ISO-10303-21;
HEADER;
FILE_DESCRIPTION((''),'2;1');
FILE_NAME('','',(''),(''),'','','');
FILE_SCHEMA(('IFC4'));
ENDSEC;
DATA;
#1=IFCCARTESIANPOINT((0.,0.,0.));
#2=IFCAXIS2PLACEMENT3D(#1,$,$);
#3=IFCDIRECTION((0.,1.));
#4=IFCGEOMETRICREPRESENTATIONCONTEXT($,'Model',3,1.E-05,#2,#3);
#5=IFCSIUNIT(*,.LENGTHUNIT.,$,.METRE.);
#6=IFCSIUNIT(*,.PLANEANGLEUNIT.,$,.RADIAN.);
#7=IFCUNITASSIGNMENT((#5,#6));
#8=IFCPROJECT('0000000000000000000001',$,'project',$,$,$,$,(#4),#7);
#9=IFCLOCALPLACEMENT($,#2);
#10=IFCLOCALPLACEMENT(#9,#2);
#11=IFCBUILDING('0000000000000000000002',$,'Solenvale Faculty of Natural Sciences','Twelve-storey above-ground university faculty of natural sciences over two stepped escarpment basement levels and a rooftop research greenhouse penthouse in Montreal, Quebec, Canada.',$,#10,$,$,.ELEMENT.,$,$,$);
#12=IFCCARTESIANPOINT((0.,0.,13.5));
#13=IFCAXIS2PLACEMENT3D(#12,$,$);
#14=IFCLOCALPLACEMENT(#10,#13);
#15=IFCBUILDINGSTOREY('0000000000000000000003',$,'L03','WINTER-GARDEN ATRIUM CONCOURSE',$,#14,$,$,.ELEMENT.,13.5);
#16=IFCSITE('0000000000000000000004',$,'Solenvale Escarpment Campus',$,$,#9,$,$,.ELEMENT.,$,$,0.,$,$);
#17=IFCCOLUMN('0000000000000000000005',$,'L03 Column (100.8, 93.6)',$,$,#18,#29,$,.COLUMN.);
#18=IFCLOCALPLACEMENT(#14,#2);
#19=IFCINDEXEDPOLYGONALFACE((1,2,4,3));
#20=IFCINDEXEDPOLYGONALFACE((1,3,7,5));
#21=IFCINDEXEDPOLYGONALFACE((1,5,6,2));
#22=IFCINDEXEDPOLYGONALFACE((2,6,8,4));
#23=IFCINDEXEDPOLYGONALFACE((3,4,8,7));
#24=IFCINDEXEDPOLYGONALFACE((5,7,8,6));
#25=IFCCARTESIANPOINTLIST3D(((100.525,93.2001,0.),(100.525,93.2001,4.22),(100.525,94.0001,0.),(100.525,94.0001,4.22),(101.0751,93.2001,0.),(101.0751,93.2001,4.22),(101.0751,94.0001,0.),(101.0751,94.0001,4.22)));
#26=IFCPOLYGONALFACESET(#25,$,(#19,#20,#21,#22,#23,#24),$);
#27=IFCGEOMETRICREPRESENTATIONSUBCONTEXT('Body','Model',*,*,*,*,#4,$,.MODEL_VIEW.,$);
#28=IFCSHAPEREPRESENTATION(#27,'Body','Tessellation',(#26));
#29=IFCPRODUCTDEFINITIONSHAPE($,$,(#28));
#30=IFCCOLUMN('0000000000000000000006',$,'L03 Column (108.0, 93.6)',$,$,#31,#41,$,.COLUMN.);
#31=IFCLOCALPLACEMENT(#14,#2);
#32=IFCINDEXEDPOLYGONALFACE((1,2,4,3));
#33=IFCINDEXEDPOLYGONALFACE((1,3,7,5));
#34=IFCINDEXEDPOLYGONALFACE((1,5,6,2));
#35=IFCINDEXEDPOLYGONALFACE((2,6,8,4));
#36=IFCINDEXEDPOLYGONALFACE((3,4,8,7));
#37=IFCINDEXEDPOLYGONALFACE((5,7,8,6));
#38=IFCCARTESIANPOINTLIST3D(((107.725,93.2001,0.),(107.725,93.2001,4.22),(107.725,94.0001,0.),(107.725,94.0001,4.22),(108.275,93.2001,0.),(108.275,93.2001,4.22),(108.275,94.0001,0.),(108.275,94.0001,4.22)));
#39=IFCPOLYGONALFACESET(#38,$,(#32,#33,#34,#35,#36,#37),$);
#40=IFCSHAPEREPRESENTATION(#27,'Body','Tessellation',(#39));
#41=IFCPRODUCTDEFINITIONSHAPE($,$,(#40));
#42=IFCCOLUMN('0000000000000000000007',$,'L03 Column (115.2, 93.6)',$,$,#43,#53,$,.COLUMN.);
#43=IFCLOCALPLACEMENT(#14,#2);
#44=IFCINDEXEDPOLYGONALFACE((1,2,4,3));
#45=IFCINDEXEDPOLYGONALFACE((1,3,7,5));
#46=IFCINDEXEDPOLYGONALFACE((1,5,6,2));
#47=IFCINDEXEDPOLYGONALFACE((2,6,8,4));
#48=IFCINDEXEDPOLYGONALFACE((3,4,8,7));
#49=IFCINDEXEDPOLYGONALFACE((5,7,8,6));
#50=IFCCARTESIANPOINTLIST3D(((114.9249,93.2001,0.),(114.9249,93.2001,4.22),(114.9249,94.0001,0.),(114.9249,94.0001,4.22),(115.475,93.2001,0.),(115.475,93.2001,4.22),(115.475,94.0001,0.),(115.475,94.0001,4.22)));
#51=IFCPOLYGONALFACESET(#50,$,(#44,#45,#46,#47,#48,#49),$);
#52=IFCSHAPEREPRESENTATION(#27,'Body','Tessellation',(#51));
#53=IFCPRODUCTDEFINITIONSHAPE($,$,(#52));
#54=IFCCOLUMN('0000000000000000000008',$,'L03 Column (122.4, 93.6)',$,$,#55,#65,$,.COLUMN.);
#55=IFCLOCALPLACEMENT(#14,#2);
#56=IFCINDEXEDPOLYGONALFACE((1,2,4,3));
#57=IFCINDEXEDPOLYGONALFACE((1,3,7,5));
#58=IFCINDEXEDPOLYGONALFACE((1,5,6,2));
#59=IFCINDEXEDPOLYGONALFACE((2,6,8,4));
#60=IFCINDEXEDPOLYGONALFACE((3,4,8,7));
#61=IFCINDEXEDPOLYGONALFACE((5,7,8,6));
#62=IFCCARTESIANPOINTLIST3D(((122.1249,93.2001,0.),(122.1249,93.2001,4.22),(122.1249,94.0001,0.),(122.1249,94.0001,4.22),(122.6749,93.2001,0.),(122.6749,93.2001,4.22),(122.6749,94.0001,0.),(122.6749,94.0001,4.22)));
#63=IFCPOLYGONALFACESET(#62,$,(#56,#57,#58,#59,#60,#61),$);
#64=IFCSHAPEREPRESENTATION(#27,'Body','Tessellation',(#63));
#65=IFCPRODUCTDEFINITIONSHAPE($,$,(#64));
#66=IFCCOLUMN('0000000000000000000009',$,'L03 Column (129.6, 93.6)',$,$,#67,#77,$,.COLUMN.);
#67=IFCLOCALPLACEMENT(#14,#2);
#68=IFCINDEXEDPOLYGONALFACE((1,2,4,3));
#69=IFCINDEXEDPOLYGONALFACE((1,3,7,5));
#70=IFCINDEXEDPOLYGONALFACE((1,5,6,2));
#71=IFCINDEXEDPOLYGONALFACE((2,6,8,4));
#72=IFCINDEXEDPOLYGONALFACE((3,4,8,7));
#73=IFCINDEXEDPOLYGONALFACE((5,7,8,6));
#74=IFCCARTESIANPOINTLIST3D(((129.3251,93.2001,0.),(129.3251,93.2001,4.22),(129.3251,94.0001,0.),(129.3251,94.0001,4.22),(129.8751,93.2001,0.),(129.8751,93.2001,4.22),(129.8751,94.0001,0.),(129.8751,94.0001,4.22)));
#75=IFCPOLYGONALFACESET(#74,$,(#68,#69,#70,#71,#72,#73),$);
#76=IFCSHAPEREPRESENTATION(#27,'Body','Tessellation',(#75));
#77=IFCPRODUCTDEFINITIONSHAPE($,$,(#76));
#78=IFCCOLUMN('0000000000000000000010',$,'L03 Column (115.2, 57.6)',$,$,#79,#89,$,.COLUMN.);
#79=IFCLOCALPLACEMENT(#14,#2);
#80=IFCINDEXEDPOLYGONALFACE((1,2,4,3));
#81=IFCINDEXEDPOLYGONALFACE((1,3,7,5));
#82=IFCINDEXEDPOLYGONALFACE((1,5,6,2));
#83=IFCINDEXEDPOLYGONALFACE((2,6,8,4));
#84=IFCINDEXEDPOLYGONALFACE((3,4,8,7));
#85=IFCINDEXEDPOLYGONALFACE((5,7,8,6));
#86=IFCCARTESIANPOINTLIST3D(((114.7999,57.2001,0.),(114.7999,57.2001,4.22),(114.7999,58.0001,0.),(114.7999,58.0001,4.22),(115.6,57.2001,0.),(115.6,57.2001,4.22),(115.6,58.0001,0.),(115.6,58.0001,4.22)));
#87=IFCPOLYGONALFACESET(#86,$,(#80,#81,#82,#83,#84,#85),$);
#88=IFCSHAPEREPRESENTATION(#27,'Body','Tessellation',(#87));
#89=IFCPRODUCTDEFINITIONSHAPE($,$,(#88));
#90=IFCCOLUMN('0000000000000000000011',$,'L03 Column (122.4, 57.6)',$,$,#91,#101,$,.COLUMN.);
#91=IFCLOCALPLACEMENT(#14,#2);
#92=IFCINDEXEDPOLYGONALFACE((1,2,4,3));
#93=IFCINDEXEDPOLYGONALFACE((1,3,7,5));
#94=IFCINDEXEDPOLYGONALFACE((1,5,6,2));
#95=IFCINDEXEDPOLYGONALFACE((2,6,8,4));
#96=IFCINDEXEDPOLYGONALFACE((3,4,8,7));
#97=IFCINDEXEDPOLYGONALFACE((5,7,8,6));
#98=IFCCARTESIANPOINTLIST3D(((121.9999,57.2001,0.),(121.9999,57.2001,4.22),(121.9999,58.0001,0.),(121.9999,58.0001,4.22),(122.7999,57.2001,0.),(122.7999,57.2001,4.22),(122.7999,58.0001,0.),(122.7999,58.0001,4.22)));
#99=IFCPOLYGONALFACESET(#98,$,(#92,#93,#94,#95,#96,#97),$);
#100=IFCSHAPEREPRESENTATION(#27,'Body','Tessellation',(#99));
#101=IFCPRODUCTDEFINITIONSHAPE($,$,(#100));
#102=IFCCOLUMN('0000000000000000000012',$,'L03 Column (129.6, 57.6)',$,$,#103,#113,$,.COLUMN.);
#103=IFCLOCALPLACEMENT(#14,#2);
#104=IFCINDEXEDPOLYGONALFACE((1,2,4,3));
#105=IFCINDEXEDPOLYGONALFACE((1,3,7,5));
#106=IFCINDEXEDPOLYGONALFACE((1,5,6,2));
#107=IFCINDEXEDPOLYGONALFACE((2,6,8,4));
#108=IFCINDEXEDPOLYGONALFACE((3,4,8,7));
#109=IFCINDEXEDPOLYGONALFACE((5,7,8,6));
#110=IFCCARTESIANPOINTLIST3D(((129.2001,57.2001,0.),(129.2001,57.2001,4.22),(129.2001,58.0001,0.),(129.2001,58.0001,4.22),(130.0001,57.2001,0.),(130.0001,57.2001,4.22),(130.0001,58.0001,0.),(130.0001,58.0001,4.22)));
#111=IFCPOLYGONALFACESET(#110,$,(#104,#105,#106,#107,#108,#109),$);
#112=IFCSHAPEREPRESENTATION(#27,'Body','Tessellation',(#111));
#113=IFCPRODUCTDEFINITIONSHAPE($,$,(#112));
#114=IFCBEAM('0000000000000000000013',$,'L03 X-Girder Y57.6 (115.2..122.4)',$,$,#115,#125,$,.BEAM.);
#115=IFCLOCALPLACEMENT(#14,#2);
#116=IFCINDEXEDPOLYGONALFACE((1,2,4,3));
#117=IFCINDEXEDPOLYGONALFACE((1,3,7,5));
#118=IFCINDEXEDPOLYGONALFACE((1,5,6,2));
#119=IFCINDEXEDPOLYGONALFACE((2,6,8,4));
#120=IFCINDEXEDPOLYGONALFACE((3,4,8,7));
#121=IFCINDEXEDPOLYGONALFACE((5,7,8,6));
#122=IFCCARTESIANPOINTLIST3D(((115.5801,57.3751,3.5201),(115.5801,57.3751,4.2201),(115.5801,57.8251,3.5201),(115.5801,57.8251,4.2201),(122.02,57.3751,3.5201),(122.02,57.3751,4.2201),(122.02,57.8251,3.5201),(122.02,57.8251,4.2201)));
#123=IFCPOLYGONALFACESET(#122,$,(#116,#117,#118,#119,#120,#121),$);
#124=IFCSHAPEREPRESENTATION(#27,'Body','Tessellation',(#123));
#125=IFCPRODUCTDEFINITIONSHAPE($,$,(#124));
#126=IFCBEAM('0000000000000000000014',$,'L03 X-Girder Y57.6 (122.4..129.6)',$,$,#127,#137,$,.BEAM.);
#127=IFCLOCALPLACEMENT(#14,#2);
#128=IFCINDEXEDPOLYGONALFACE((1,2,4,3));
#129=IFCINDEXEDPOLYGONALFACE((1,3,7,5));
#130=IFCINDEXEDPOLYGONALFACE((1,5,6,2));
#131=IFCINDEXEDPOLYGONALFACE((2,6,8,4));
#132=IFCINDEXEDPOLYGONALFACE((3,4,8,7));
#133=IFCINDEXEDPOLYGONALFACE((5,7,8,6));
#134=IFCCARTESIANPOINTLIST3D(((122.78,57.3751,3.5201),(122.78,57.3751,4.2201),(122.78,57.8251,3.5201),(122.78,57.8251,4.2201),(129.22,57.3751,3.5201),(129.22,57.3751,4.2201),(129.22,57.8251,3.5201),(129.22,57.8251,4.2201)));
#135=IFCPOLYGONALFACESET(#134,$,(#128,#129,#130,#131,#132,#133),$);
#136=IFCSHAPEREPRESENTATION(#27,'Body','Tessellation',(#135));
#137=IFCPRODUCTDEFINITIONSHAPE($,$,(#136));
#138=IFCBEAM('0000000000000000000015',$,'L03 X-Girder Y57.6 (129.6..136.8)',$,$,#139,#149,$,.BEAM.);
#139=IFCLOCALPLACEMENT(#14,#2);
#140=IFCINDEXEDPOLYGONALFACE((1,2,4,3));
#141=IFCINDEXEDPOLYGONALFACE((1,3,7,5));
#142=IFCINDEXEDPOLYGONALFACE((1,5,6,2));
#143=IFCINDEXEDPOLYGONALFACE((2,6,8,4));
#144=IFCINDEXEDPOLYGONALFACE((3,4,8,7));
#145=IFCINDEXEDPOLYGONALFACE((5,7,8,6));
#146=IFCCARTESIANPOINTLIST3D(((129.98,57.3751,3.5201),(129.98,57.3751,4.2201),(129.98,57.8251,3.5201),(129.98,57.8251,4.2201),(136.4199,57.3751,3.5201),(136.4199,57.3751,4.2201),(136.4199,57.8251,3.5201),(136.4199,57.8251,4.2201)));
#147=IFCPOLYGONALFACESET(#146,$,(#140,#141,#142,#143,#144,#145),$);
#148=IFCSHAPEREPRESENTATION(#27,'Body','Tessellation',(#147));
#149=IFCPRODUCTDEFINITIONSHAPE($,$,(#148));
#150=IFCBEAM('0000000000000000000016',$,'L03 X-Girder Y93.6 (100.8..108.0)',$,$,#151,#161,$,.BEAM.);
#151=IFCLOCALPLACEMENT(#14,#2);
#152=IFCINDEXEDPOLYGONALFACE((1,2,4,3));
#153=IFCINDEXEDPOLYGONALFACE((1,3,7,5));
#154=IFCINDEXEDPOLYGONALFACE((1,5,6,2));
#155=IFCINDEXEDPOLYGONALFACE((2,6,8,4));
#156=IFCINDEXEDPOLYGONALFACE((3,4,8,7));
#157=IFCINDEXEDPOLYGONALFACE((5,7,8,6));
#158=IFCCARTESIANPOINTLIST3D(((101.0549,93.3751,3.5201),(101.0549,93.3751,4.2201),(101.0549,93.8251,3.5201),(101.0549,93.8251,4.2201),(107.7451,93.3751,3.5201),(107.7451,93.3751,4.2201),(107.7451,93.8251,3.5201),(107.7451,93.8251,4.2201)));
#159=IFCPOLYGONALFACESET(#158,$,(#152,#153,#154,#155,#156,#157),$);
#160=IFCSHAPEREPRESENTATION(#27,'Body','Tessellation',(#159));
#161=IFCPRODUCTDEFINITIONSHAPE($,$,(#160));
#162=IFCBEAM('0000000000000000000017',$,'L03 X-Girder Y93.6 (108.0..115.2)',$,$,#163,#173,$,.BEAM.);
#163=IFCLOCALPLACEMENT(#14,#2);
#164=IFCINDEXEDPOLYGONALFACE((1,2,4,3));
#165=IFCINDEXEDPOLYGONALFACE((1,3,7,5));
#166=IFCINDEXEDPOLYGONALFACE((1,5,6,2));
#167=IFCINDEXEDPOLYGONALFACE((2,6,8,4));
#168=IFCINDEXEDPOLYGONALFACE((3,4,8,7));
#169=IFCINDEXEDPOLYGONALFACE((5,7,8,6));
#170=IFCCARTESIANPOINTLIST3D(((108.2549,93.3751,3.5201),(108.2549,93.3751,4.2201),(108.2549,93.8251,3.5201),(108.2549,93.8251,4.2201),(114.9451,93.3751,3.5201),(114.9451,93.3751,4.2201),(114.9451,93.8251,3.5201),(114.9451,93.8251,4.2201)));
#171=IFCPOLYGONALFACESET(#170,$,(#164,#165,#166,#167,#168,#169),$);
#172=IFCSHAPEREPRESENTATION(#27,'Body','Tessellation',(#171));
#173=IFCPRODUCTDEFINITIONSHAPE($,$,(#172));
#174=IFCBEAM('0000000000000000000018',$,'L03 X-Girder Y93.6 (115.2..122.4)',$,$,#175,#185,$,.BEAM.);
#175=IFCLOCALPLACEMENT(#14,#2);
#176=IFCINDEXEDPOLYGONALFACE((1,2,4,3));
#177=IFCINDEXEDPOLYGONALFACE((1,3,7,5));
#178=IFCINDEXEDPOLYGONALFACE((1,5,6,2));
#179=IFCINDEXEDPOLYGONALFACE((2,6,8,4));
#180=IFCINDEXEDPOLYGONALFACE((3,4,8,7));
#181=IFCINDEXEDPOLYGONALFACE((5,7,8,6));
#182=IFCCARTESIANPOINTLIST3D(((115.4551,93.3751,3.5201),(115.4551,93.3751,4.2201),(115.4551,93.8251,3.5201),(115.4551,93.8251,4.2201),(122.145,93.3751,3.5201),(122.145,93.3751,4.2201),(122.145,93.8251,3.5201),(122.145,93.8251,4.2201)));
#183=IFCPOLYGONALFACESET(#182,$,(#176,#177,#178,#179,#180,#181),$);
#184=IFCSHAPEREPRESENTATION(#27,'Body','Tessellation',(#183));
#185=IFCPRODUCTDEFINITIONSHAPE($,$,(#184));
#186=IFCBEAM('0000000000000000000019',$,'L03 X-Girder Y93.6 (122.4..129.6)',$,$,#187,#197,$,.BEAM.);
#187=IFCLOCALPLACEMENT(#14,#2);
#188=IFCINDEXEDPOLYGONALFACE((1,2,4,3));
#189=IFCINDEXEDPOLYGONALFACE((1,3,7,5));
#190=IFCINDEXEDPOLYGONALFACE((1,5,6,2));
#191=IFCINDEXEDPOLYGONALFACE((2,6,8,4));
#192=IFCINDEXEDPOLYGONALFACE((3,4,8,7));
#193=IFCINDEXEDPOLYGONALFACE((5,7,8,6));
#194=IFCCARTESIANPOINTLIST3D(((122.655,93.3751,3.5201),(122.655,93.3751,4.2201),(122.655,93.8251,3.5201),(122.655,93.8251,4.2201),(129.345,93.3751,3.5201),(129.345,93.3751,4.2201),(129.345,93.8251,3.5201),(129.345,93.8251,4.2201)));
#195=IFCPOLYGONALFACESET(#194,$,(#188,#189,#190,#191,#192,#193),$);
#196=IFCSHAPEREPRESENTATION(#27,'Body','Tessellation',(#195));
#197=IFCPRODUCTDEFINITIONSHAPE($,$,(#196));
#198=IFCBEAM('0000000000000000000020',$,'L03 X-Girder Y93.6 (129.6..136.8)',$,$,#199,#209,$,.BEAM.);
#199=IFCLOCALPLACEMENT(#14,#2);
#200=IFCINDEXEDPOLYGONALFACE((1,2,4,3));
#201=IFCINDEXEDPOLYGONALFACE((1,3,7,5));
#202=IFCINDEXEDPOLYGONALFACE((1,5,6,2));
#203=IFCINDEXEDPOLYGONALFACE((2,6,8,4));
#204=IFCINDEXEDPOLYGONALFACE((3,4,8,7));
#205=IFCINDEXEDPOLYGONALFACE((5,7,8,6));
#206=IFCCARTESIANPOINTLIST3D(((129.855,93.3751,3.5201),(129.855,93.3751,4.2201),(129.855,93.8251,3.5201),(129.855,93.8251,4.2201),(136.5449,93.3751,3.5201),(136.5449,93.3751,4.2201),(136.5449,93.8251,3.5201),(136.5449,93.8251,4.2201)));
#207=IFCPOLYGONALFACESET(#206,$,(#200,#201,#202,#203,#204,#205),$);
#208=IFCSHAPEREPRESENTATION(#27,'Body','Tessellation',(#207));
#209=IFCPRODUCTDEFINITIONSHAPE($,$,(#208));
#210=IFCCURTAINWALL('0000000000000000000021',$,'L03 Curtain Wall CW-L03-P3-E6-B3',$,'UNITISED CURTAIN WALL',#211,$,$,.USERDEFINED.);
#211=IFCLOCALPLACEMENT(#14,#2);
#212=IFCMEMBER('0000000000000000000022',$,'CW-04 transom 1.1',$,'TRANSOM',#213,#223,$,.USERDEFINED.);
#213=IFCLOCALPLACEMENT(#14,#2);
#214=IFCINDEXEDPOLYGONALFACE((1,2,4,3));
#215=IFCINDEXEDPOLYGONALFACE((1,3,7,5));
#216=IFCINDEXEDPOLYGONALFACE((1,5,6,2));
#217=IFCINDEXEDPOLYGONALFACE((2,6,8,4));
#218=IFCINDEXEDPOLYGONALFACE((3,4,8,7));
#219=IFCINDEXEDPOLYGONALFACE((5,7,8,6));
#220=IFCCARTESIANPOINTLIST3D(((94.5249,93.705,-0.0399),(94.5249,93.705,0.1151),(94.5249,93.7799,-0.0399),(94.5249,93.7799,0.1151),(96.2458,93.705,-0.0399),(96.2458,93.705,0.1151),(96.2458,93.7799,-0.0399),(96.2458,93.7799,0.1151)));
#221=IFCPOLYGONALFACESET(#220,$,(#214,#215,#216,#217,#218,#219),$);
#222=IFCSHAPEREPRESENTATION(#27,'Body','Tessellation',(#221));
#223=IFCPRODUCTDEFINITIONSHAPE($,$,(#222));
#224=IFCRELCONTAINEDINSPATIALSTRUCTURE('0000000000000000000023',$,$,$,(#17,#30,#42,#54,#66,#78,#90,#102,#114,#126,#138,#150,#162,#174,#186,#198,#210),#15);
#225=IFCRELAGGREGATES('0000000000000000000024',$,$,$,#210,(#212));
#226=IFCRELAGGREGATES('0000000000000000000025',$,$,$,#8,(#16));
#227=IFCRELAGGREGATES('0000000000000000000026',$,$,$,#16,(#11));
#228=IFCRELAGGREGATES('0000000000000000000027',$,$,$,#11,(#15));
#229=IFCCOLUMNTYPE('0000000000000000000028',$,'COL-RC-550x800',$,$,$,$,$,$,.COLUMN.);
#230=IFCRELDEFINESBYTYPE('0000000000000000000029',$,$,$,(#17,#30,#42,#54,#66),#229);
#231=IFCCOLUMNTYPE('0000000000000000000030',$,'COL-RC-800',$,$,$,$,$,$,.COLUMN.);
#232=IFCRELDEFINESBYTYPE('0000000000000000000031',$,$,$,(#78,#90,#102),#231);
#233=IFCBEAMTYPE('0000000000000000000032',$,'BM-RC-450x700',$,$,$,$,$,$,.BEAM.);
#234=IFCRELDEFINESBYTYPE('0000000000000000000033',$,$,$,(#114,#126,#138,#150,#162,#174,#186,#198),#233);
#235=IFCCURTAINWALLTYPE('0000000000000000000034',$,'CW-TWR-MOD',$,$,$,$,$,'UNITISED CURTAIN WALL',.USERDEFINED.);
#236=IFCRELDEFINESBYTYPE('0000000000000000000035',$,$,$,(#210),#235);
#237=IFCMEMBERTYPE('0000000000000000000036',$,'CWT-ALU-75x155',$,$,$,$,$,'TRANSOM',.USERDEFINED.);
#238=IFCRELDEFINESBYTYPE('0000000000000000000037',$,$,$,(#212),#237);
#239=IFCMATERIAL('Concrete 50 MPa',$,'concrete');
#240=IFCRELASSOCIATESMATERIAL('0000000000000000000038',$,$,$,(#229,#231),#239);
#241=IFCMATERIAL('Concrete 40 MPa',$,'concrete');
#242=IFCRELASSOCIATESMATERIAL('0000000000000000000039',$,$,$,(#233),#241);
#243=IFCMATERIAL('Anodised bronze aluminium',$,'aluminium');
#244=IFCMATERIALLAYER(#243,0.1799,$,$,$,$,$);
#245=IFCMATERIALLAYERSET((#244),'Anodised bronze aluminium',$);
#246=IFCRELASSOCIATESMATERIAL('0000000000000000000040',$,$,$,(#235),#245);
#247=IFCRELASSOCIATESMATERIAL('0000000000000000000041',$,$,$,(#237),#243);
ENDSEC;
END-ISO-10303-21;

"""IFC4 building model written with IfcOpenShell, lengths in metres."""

from ifc_helpers import new_model, si_unit, direction, frame, origin, origin_2d, place, context, subcontext, project, spatial, rectangle, extrude, material, layer, layer_set, material_profile, profile_set, type_object, element, aggregate, save


model = new_model("IFC4")

# Units and contexts
model_context = context("Model", 3, precision=1e-05, world=origin(), true_north=direction((0.0, 1.0)))
body_context = subcontext(model_context, "Body", "Model", "MODEL_VIEW")
ifc_project = project(units=[si_unit("LENGTHUNIT", "METRE"), si_unit("PLANEANGLEUNIT", "RADIAN")], contexts=[model_context])

# Site, building, storey
site_placement = place(None, origin())
site = spatial("IfcSite", under=ifc_project, at=site_placement, Name="Solenvale Escarpment Campus", CompositionType="ELEMENT", RefElevation=0.0)
building_placement = place(site_placement, origin())
building = spatial("IfcBuilding", under=site, at=building_placement, Name="Solenvale Faculty of Natural Sciences", Description="Twelve-storey above-ground university faculty of natural sciences over two stepped escarpment basement levels and a rooftop research greenhouse penthouse in Montreal, Quebec, Canada.", CompositionType="ELEMENT")
storey_placement = place(building_placement, frame((0.0, 0.0, 13.5)))
storey = spatial("IfcBuildingStorey", under=building, at=storey_placement, Name="L03", Description="WINTER-GARDEN ATRIUM CONCOURSE", CompositionType="ELEMENT", Elevation=13.5)

# Columns
ifc_material_1 = material(Name="Concrete 50 MPa", Category="concrete")
ifc_material_profile_1 = material_profile(ifc_material_1, rectangle(XDim=0.55, YDim=0.8, at=origin_2d()), Name="RC-COL-550x800")
ifc_profile_set_1 = profile_set([ifc_material_profile_1], Name="Concrete 50 MPa")
column_type_1 = type_object("IfcColumnType", Name="COL-RC-550x800", PredefinedType="COLUMN", material=ifc_profile_set_1)
for number, where, z_axis, x_axis, name in (
    (1, (100.8, 93.6001, 0.0), (0.0, 0.0, 1.0), (1.0, 0.0, 0.0), "L03 Column (100.8, 93.6)"),
    (2, (108.0, 93.6001, 0.0), (0.0, 0.0, 1.0), (1.0, 0.0, 0.0), "L03 Column (108.0, 93.6)"),
    (3, (115.2, 93.6001, 0.0), (0.0, 0.0, 1.0), (1.0, 0.0, 0.0), "L03 Column (115.2, 93.6)"),
    (4, (122.3999, 93.6001, 0.0), (0.0, 0.0, 1.0), (1.0, 0.0, 0.0), "L03 Column (122.4, 93.6)"),
    (5, (129.6001, 93.6001, 0.0), (0.0, 0.0, 1.0), (1.0, 0.0, 0.0), "L03 Column (129.6, 93.6)"),
):
    element("IfcColumn", number, at=place(storey_placement, frame(where, z_axis=z_axis, x_axis=x_axis)), inside=storey, type_object=column_type_1, Name=name, PredefinedType="COLUMN", context=body_context, shape_type="SweptSolid", body=[
        extrude(rectangle(XDim=0.55, YDim=0.8, at=origin_2d()), origin(), (0.0, 0.0, 1.0), 4.22),
    ])
ifc_material_profile_2 = material_profile(ifc_material_1, rectangle(XDim=0.8, YDim=0.8, at=origin_2d()), Name="RC-COL-800x800")
ifc_profile_set_2 = profile_set([ifc_material_profile_2], Name="Concrete 50 MPa")
column_type_2 = type_object("IfcColumnType", Name="COL-RC-800", PredefinedType="COLUMN", material=ifc_profile_set_2)
for number, where, z_axis, x_axis, name in (
    (6, (115.2, 57.6001, 0.0), (0.0, 0.0, 1.0), (1.0, 0.0, 0.0), "L03 Column (115.2, 57.6)"),
    (7, (122.3999, 57.6001, 0.0), (0.0, 0.0, 1.0), (1.0, 0.0, 0.0), "L03 Column (122.4, 57.6)"),
    (8, (129.6001, 57.6001, 0.0), (0.0, 0.0, 1.0), (1.0, 0.0, 0.0), "L03 Column (129.6, 57.6)"),
):
    element("IfcColumn", number, at=place(storey_placement, frame(where, z_axis=z_axis, x_axis=x_axis)), inside=storey, type_object=column_type_2, Name=name, PredefinedType="COLUMN", context=body_context, shape_type="SweptSolid", body=[
        extrude(rectangle(XDim=0.8, YDim=0.8, at=origin_2d()), origin(), (0.0, 0.0, 1.0), 4.22),
    ])

# Beams
ifc_material_2 = material(Name="Concrete 40 MPa", Category="concrete")
ifc_material_profile_3 = material_profile(ifc_material_2, rectangle(XDim=0.45, YDim=0.7, at=origin_2d()), Name="RC-BM-450x700")
ifc_profile_set_3 = profile_set([ifc_material_profile_3], Name="Concrete 40 MPa")
beam_type = type_object("IfcBeamType", Name="BM-RC-450x700", PredefinedType="BEAM", material=ifc_profile_set_3)
for number, where, z_axis, x_axis, name in (
    (9, (115.5801, 57.6001, 3.8701), (1.0, 0.0, 0.0), (0.0, 1.0, 0.0), "L03 X-Girder Y57.6 (115.2..122.4)"),
    (10, (122.78, 57.6001, 3.8701), (1.0, 0.0, 0.0), (0.0, 1.0, 0.0), "L03 X-Girder Y57.6 (122.4..129.6)"),
    (11, (129.98, 57.6001, 3.8701), (1.0, 0.0, 0.0), (0.0, 1.0, 0.0), "L03 X-Girder Y57.6 (129.6..136.8)"),
):
    element("IfcBeam", number, at=place(storey_placement, frame(where, z_axis=z_axis, x_axis=x_axis)), inside=storey, type_object=beam_type, Name=name, PredefinedType="BEAM", context=body_context, shape_type="SweptSolid", body=[
        extrude(rectangle(XDim=0.45, YDim=0.7, at=origin_2d()), origin(), (0.0, 0.0, 1.0), 6.4399),
    ])
for number, where, z_axis, x_axis, name in (
    (12, (101.0549, 93.6001, 3.8701), (1.0, 0.0, 0.0), (0.0, 1.0, 0.0), "L03 X-Girder Y93.6 (100.8..108.0)"),
    (13, (108.2549, 93.6001, 3.8701), (1.0, 0.0, 0.0), (0.0, 1.0, 0.0), "L03 X-Girder Y93.6 (108.0..115.2)"),
):
    element("IfcBeam", number, at=place(storey_placement, frame(where, z_axis=z_axis, x_axis=x_axis)), inside=storey, type_object=beam_type, Name=name, PredefinedType="BEAM", context=body_context, shape_type="SweptSolid", body=[
        extrude(rectangle(XDim=0.45, YDim=0.7, at=origin_2d()), origin(), (0.0, 0.0, 1.0), 6.6902),
    ])
for number, where, z_axis, x_axis, name in (
    (14, (115.4551, 93.6001, 3.8701), (1.0, 0.0, 0.0), (0.0, 1.0, 0.0), "L03 X-Girder Y93.6 (115.2..122.4)"),
    (15, (122.655, 93.6001, 3.8701), (1.0, 0.0, 0.0), (0.0, 1.0, 0.0), "L03 X-Girder Y93.6 (122.4..129.6)"),
    (16, (129.855, 93.6001, 3.8701), (1.0, 0.0, 0.0), (0.0, 1.0, 0.0), "L03 X-Girder Y93.6 (129.6..136.8)"),
):
    element("IfcBeam", number, at=place(storey_placement, frame(where, z_axis=z_axis, x_axis=x_axis)), inside=storey, type_object=beam_type, Name=name, PredefinedType="BEAM", context=body_context, shape_type="SweptSolid", body=[
        extrude(rectangle(XDim=0.45, YDim=0.7, at=origin_2d()), origin(), (0.0, 0.0, 1.0), 6.6899),
    ])

# Curtain wall, member
ifc_material_3 = material(Name="Anodised bronze aluminium", Category="aluminium")
ifc_layer_1 = layer(ifc_material_3, 0.1799)
ifc_layer_set_1 = layer_set([ifc_layer_1], Name="Anodised bronze aluminium")
curtain_wall_type = type_object("IfcCurtainWallType", Name="CW-TWR-MOD", ElementType="UNITISED CURTAIN WALL", PredefinedType="USERDEFINED", material=ifc_layer_set_1)
curtain_wall_placement = place(storey_placement, origin())
curtain_wall = element("IfcCurtainWall", 17, at=curtain_wall_placement, inside=storey, type_object=curtain_wall_type, Name="L03 Curtain Wall CW-L03-P3-E6-B3", ObjectType="UNITISED CURTAIN WALL", PredefinedType="USERDEFINED")
ifc_material_profile_4 = material_profile(ifc_material_3, rectangle(XDim=0.075, YDim=0.155, at=origin_2d()), Name="ALU-TRN-75x155")
ifc_profile_set_4 = profile_set([ifc_material_profile_4], Name="Anodised bronze aluminium")
member_type = type_object("IfcMemberType", Name="CWT-ALU-75x155", ElementType="TRANSOM", PredefinedType="USERDEFINED", material=ifc_profile_set_4)
member_1_placement = place(storey_placement, frame((94.5249, 93.7424, 0.0376), z_axis=(1.0, 0.0, 0.0), x_axis=(0.0, 1.0, 0.0)))
member_1 = element("IfcMember", 18, at=member_1_placement, type_object=member_type, Name="CW-04 transom 1.1", ObjectType="TRANSOM", PredefinedType="USERDEFINED", context=body_context, shape_type="SweptSolid", body=[
    extrude(rectangle(XDim=0.075, YDim=0.155, at=origin_2d()), origin(), (0.0, 0.0, 1.0), 1.7209),
])
aggregate(curtain_wall, [member_1])

save(model, "model.ifc")
